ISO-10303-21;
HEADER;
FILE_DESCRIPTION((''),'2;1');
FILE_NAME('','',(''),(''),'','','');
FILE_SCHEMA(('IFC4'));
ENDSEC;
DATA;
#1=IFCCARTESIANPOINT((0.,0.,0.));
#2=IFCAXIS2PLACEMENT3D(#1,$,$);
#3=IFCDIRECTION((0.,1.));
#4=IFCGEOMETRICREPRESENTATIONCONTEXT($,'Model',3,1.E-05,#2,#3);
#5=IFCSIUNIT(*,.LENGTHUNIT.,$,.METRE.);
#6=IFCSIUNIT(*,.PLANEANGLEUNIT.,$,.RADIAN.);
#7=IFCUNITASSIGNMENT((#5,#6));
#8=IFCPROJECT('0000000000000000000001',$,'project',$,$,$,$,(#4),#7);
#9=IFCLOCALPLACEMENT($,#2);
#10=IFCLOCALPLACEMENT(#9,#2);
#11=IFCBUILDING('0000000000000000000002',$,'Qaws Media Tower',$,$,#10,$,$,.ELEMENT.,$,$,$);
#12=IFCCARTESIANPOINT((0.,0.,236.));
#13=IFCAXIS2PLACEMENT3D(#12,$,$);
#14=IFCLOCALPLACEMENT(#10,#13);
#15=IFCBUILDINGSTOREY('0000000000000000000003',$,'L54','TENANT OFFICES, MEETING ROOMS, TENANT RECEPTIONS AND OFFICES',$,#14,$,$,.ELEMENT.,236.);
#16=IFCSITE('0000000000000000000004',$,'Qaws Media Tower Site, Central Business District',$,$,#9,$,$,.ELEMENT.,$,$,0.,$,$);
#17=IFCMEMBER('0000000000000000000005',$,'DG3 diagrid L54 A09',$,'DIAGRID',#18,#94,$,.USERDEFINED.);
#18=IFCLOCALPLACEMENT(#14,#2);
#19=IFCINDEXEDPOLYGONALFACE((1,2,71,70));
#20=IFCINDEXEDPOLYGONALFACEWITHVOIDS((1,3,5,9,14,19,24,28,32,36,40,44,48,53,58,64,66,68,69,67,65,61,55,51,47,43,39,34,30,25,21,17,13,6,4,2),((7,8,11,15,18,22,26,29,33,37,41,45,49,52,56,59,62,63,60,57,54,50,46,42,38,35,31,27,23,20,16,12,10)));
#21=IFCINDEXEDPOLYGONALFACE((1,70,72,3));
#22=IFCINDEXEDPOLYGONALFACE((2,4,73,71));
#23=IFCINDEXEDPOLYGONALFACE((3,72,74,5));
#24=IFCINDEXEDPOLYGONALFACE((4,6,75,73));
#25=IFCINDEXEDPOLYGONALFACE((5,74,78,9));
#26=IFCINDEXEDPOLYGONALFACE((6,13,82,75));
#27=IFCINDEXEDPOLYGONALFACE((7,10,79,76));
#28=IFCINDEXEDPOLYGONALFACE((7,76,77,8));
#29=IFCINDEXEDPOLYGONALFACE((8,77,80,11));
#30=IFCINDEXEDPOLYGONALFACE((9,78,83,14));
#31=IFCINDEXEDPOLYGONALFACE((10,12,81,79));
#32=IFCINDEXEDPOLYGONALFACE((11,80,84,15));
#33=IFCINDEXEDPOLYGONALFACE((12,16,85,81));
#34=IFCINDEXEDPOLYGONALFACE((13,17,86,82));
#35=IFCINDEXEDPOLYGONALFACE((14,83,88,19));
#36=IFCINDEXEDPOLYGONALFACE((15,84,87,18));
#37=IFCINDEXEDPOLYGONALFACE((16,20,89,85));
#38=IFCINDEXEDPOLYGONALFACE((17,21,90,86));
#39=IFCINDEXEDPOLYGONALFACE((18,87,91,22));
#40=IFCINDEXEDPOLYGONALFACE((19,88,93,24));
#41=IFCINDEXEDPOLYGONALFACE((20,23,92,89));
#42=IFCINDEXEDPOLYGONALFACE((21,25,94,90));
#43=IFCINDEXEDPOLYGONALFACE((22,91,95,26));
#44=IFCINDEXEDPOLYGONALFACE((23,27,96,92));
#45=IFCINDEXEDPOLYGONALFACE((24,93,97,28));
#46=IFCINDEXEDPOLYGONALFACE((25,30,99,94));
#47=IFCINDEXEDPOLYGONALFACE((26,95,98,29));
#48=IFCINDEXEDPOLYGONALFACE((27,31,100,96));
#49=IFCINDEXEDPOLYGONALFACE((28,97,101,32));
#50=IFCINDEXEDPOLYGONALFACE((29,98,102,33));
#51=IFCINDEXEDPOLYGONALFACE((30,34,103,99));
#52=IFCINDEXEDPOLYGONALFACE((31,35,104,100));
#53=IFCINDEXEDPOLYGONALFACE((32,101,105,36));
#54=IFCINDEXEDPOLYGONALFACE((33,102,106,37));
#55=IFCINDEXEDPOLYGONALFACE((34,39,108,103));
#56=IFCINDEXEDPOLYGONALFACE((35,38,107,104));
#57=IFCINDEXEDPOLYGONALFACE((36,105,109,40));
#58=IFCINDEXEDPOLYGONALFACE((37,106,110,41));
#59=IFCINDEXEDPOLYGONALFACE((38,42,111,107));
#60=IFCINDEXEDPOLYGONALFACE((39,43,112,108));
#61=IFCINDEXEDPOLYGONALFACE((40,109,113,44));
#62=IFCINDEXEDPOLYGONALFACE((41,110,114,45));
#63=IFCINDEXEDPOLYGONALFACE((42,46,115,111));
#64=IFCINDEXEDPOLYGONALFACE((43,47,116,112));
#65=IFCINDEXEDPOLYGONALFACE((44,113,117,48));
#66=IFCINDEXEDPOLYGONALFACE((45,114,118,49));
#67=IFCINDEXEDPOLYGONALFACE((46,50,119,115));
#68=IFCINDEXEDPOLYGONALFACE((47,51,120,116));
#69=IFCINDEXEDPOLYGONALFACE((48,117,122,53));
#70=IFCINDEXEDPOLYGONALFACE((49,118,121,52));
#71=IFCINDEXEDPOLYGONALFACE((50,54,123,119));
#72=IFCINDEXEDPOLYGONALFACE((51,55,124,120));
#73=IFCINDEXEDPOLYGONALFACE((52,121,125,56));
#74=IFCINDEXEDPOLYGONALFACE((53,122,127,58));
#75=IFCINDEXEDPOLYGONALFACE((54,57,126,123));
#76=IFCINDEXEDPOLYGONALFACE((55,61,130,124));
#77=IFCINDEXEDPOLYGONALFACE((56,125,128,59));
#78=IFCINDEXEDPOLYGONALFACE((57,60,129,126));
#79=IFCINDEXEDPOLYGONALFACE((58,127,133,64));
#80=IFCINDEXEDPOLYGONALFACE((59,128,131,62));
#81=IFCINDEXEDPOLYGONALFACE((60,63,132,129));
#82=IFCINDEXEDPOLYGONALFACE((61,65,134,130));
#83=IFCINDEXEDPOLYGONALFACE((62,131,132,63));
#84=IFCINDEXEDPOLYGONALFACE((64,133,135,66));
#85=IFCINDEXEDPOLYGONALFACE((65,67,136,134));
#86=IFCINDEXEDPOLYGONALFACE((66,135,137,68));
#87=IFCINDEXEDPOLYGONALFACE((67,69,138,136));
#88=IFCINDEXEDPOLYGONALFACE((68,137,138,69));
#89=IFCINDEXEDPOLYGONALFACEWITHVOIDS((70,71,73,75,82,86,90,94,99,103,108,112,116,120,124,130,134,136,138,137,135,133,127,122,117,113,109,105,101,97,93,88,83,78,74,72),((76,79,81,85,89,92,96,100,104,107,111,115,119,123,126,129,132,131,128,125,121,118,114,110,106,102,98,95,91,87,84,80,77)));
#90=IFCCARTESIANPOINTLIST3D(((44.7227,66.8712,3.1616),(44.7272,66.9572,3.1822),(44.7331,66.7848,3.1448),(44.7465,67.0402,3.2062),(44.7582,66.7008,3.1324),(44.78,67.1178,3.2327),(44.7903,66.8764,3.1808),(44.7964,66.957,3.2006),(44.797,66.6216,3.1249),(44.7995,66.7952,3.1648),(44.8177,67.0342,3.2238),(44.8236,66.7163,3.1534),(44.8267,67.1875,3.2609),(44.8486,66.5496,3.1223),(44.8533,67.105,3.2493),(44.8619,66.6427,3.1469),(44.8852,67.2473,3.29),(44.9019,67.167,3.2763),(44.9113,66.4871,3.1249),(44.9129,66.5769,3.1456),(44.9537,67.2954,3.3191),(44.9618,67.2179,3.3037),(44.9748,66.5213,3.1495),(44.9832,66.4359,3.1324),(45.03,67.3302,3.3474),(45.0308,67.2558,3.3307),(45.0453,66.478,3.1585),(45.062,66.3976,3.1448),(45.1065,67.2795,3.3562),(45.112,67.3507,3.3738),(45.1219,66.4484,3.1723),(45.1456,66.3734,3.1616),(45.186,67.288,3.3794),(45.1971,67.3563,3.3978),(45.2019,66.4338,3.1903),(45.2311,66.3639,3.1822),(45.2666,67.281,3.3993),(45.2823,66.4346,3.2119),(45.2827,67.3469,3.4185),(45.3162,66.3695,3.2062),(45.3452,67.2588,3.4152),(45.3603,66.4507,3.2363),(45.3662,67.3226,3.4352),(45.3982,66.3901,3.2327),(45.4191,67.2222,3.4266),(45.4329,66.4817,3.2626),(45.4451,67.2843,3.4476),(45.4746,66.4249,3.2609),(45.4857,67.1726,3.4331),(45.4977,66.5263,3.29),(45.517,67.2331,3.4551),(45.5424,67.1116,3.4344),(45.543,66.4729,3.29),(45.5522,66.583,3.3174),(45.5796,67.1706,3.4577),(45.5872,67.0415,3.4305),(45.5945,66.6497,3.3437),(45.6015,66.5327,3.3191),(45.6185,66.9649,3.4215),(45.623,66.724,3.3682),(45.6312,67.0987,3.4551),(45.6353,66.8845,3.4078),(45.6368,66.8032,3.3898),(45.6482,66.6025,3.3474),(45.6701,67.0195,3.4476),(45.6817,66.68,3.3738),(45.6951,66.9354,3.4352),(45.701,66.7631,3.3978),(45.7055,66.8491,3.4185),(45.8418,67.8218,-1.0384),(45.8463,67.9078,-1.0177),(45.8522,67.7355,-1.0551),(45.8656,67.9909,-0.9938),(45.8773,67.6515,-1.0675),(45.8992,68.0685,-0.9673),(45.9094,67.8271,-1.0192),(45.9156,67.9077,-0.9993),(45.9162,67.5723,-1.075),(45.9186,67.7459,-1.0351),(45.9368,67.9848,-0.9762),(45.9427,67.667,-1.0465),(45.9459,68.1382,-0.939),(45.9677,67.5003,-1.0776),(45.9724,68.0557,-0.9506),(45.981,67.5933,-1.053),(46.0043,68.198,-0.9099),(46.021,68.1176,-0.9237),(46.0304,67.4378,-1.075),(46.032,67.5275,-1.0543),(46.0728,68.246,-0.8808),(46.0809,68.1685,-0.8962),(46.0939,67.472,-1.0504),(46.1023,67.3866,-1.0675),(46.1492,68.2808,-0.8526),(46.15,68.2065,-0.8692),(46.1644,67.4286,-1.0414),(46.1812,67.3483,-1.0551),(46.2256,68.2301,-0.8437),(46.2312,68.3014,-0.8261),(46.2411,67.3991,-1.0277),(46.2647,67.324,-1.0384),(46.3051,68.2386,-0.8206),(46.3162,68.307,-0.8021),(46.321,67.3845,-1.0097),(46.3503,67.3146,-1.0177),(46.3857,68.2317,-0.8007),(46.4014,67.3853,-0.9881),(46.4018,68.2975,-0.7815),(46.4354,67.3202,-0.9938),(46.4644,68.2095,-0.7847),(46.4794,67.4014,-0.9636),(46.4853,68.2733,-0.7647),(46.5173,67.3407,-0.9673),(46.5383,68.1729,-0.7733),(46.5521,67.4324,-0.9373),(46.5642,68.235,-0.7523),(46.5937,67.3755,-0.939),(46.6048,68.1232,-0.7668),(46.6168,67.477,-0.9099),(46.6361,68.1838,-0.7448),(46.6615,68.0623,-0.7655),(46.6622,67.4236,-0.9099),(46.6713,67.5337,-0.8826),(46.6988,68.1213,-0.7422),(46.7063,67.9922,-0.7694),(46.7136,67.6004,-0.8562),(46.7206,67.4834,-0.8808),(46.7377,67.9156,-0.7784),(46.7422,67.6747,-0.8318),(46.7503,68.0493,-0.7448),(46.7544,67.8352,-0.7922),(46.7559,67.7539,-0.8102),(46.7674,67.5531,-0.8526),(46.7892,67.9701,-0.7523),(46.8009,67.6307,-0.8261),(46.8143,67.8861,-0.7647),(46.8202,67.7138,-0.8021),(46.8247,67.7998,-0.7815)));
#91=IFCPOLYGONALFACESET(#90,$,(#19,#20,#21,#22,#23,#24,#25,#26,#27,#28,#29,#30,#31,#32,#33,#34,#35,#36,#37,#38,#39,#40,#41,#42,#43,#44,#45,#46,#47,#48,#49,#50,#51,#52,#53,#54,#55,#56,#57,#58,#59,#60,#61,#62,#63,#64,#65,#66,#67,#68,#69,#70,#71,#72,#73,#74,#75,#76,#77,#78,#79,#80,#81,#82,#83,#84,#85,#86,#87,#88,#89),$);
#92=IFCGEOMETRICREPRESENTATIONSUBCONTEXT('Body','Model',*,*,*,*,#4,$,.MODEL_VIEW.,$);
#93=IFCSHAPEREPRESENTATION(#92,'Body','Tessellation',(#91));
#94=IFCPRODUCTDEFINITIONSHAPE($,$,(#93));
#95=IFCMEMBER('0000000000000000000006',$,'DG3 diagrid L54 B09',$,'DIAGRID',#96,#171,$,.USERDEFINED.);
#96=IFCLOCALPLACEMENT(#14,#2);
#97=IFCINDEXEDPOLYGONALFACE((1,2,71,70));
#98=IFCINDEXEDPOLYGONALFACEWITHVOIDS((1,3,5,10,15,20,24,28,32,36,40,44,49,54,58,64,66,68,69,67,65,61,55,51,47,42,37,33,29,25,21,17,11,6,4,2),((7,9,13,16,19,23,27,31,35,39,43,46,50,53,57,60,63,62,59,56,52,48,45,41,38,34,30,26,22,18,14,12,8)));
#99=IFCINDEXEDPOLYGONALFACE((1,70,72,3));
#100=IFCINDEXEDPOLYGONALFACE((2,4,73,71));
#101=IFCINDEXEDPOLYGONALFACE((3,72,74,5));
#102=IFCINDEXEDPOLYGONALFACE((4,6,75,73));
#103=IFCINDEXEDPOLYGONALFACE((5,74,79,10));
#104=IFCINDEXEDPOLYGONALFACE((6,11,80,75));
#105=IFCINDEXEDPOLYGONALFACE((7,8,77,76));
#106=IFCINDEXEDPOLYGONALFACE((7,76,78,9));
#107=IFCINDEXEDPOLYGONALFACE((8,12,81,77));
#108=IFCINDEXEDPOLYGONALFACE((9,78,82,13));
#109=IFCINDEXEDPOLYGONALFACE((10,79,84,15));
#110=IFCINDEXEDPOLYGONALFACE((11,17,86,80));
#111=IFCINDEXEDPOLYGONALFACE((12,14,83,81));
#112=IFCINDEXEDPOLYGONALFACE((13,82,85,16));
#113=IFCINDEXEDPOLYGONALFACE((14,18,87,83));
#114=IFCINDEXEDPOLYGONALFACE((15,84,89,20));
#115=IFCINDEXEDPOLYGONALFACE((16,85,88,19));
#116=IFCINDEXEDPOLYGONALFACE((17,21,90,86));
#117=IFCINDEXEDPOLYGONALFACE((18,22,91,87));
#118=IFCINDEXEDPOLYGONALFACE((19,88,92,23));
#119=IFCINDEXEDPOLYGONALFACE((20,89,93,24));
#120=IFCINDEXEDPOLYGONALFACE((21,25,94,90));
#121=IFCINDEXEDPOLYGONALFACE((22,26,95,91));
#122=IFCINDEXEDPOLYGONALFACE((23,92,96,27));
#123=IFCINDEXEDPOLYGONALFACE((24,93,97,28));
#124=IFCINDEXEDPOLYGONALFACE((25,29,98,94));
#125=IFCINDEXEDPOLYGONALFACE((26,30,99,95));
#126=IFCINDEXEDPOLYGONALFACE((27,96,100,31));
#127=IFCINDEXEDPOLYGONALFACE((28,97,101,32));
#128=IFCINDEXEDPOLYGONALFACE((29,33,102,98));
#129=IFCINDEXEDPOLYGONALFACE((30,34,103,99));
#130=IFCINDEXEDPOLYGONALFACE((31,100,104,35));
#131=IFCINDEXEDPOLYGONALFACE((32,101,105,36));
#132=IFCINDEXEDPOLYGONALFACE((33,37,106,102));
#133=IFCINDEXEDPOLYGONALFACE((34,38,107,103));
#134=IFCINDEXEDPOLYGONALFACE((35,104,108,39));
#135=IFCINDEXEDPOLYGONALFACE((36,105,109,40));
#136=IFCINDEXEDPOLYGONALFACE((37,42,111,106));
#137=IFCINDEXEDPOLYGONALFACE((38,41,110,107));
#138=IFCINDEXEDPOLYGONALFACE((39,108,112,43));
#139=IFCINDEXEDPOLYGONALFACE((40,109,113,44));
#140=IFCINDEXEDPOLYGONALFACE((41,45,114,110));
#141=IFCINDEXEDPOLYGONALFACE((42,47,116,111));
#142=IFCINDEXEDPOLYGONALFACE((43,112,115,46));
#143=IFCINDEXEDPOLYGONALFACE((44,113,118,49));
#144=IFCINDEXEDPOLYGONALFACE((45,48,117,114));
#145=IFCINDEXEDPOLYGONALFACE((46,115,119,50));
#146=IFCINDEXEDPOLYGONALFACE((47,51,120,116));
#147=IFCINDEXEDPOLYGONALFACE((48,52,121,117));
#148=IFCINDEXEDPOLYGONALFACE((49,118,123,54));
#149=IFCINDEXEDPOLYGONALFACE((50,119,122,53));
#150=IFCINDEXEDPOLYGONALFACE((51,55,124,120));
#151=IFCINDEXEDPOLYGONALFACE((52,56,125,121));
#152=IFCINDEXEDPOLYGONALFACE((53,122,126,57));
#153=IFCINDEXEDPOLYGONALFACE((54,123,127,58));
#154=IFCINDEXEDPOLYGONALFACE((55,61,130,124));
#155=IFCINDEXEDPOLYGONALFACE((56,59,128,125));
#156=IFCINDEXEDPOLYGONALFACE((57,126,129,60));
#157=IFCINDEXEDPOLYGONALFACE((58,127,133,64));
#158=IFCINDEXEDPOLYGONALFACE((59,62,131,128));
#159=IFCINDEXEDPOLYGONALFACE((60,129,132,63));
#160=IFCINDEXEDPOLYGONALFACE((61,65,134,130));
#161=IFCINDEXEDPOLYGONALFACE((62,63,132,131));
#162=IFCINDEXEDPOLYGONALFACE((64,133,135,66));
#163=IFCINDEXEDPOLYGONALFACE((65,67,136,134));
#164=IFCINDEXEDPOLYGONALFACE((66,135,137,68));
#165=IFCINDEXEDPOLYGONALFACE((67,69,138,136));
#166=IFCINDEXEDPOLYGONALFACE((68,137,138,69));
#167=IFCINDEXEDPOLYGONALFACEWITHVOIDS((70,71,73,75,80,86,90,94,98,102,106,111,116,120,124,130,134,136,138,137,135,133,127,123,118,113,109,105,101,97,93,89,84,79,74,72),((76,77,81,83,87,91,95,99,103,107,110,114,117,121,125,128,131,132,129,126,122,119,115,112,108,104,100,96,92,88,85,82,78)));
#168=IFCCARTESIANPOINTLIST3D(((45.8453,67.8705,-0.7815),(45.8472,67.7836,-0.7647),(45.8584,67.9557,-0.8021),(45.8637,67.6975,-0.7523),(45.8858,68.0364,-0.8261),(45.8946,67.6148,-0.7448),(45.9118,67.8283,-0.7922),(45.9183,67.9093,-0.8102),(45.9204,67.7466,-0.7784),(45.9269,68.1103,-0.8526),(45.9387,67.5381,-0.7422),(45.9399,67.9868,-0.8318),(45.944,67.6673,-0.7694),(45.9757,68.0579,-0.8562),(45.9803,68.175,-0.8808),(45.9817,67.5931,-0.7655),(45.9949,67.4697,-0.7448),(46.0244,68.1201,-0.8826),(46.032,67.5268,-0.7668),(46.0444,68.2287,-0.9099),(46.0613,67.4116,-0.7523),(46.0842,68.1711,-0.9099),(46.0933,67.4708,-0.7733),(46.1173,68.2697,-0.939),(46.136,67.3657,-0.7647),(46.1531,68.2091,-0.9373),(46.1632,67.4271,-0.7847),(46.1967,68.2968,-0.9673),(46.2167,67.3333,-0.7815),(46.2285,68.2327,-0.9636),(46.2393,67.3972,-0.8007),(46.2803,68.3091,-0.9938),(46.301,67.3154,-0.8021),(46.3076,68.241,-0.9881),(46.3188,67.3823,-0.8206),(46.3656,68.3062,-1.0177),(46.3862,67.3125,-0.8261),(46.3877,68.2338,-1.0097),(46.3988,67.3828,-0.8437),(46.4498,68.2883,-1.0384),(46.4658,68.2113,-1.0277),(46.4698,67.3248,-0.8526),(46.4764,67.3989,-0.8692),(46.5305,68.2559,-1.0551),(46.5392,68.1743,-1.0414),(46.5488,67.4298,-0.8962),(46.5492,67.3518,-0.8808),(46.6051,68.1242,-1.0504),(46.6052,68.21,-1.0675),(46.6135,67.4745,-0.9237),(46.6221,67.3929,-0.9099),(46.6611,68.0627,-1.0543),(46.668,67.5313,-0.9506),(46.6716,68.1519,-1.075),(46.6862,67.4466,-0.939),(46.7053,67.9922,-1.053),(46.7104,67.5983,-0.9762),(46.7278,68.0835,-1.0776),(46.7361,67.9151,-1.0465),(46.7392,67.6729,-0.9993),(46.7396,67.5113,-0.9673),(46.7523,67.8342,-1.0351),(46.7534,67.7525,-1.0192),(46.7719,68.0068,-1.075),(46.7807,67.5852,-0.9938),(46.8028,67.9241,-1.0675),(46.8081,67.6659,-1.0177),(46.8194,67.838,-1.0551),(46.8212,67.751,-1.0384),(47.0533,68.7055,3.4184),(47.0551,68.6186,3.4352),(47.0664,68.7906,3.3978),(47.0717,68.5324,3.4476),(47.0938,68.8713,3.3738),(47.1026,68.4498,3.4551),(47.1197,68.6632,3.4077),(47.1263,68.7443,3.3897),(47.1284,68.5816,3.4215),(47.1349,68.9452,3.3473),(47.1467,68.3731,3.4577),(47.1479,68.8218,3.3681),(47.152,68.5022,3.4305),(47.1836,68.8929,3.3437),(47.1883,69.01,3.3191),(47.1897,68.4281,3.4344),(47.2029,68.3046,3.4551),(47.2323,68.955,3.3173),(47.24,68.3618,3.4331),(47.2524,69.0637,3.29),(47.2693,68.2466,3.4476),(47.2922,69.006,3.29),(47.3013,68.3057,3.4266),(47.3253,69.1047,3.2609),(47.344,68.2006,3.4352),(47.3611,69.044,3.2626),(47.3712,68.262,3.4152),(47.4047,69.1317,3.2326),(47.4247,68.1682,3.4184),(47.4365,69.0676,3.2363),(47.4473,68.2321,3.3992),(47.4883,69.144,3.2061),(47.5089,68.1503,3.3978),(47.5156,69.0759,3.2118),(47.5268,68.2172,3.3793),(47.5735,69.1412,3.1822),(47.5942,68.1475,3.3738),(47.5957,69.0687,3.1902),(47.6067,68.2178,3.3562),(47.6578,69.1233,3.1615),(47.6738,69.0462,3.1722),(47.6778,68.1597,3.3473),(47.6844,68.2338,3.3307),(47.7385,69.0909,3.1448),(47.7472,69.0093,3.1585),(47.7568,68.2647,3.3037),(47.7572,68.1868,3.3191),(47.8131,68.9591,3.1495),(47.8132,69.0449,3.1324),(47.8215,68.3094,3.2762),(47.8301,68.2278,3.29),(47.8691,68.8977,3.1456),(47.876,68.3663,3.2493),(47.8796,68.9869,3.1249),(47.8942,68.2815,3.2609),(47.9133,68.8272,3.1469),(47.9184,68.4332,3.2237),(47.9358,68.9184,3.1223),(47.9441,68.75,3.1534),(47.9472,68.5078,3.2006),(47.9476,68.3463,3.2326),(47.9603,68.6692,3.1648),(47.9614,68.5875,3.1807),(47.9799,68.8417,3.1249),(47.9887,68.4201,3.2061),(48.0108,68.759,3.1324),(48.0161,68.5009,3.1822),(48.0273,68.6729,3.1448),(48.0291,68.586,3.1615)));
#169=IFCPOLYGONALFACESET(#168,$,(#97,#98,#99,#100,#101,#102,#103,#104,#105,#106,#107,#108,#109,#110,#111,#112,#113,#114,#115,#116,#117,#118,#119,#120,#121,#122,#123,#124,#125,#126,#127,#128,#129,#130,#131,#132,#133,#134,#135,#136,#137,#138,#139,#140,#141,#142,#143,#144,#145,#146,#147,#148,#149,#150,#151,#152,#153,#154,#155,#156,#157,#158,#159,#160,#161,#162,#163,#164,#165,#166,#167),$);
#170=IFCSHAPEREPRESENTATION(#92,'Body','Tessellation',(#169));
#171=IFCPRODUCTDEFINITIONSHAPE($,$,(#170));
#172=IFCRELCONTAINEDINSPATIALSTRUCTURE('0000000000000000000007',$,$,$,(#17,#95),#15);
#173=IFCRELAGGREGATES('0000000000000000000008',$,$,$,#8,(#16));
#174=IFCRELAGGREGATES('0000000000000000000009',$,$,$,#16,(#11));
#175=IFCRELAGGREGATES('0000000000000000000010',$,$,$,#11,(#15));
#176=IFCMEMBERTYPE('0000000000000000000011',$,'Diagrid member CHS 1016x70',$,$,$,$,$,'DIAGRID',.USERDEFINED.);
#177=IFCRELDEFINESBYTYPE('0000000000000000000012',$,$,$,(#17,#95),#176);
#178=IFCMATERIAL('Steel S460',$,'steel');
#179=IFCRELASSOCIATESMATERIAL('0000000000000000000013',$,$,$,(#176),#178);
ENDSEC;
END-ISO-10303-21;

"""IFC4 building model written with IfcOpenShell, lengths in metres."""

from ifc_helpers import new_model, si_unit, direction, frame, origin, origin_2d, place, context, subcontext, project, spatial, hollow_circle, extrude, material, material_profile, profile_set, type_object, element, save


model = new_model("IFC4")

# Units and contexts
model_context = context("Model", 3, precision=1e-05, world=origin(), true_north=direction((0.0, 1.0)))
body_context = subcontext(model_context, "Body", "Model", "MODEL_VIEW")
ifc_project = project(units=[si_unit("LENGTHUNIT", "METRE"), si_unit("PLANEANGLEUNIT", "RADIAN")], contexts=[model_context])

# Site, building, storey
site_placement = place(None, origin())
site = spatial("IfcSite", under=ifc_project, at=site_placement, Name="Qaws Media Tower Site, Central Business District", CompositionType="ELEMENT", RefElevation=0.0)
building_placement = place(site_placement, origin())
building = spatial("IfcBuilding", under=site, at=building_placement, Name="Qaws Media Tower", CompositionType="ELEMENT")
storey_placement = place(building_placement, frame((0.0, 0.0, 236.0)))
storey = spatial("IfcBuildingStorey", under=building, at=storey_placement, Name="L54", Description="TENANT OFFICES, MEETING ROOMS, TENANT RECEPTIONS AND OFFICES", CompositionType="ELEMENT", Elevation=236.0)

# Members
ifc_material_1 = material(Name="Steel S460", Category="steel")
ifc_material_profile_1 = material_profile(ifc_material_1, hollow_circle(Radius=0.5081, WallThickness=0.0701, at=origin_2d()), Name="CHS 1016x70")
ifc_profile_set_1 = profile_set([ifc_material_profile_1], Name="Steel S460")
member_type_1 = type_object("IfcMemberType", Name="Diagrid member CHS 1016x70", ElementType="DIAGRID", PredefinedType="USERDEFINED", material=ifc_profile_set_1)
for number, where, z_axis, x_axis, name in (
    (1, (46.3333, 67.8108, -0.9099), (-0.251534, -0.213673, 0.943967), (0.647417, -0.762136, 0.0), "DG3 diagrid L54 A09"),
    (2, (46.3333, 67.8108, -0.9099), (0.271507, 0.187662, 0.943963), (-0.568587, 0.822623, 0.0), "DG3 diagrid L54 B09"),
):
    element("IfcMember", number, at=place(storey_placement, frame(where, z_axis=z_axis, x_axis=x_axis)), inside=storey, type_object=member_type_1, Name=name, ObjectType="DIAGRID", PredefinedType="USERDEFINED", context=body_context, shape_type="SweptSolid", body=[
        extrude(hollow_circle(Radius=0.5081, WallThickness=0.0701, at=origin_2d()), origin(), (0.0, 0.0, 1.0), 4.4492),
    ])

save(model, "model.ifc")
